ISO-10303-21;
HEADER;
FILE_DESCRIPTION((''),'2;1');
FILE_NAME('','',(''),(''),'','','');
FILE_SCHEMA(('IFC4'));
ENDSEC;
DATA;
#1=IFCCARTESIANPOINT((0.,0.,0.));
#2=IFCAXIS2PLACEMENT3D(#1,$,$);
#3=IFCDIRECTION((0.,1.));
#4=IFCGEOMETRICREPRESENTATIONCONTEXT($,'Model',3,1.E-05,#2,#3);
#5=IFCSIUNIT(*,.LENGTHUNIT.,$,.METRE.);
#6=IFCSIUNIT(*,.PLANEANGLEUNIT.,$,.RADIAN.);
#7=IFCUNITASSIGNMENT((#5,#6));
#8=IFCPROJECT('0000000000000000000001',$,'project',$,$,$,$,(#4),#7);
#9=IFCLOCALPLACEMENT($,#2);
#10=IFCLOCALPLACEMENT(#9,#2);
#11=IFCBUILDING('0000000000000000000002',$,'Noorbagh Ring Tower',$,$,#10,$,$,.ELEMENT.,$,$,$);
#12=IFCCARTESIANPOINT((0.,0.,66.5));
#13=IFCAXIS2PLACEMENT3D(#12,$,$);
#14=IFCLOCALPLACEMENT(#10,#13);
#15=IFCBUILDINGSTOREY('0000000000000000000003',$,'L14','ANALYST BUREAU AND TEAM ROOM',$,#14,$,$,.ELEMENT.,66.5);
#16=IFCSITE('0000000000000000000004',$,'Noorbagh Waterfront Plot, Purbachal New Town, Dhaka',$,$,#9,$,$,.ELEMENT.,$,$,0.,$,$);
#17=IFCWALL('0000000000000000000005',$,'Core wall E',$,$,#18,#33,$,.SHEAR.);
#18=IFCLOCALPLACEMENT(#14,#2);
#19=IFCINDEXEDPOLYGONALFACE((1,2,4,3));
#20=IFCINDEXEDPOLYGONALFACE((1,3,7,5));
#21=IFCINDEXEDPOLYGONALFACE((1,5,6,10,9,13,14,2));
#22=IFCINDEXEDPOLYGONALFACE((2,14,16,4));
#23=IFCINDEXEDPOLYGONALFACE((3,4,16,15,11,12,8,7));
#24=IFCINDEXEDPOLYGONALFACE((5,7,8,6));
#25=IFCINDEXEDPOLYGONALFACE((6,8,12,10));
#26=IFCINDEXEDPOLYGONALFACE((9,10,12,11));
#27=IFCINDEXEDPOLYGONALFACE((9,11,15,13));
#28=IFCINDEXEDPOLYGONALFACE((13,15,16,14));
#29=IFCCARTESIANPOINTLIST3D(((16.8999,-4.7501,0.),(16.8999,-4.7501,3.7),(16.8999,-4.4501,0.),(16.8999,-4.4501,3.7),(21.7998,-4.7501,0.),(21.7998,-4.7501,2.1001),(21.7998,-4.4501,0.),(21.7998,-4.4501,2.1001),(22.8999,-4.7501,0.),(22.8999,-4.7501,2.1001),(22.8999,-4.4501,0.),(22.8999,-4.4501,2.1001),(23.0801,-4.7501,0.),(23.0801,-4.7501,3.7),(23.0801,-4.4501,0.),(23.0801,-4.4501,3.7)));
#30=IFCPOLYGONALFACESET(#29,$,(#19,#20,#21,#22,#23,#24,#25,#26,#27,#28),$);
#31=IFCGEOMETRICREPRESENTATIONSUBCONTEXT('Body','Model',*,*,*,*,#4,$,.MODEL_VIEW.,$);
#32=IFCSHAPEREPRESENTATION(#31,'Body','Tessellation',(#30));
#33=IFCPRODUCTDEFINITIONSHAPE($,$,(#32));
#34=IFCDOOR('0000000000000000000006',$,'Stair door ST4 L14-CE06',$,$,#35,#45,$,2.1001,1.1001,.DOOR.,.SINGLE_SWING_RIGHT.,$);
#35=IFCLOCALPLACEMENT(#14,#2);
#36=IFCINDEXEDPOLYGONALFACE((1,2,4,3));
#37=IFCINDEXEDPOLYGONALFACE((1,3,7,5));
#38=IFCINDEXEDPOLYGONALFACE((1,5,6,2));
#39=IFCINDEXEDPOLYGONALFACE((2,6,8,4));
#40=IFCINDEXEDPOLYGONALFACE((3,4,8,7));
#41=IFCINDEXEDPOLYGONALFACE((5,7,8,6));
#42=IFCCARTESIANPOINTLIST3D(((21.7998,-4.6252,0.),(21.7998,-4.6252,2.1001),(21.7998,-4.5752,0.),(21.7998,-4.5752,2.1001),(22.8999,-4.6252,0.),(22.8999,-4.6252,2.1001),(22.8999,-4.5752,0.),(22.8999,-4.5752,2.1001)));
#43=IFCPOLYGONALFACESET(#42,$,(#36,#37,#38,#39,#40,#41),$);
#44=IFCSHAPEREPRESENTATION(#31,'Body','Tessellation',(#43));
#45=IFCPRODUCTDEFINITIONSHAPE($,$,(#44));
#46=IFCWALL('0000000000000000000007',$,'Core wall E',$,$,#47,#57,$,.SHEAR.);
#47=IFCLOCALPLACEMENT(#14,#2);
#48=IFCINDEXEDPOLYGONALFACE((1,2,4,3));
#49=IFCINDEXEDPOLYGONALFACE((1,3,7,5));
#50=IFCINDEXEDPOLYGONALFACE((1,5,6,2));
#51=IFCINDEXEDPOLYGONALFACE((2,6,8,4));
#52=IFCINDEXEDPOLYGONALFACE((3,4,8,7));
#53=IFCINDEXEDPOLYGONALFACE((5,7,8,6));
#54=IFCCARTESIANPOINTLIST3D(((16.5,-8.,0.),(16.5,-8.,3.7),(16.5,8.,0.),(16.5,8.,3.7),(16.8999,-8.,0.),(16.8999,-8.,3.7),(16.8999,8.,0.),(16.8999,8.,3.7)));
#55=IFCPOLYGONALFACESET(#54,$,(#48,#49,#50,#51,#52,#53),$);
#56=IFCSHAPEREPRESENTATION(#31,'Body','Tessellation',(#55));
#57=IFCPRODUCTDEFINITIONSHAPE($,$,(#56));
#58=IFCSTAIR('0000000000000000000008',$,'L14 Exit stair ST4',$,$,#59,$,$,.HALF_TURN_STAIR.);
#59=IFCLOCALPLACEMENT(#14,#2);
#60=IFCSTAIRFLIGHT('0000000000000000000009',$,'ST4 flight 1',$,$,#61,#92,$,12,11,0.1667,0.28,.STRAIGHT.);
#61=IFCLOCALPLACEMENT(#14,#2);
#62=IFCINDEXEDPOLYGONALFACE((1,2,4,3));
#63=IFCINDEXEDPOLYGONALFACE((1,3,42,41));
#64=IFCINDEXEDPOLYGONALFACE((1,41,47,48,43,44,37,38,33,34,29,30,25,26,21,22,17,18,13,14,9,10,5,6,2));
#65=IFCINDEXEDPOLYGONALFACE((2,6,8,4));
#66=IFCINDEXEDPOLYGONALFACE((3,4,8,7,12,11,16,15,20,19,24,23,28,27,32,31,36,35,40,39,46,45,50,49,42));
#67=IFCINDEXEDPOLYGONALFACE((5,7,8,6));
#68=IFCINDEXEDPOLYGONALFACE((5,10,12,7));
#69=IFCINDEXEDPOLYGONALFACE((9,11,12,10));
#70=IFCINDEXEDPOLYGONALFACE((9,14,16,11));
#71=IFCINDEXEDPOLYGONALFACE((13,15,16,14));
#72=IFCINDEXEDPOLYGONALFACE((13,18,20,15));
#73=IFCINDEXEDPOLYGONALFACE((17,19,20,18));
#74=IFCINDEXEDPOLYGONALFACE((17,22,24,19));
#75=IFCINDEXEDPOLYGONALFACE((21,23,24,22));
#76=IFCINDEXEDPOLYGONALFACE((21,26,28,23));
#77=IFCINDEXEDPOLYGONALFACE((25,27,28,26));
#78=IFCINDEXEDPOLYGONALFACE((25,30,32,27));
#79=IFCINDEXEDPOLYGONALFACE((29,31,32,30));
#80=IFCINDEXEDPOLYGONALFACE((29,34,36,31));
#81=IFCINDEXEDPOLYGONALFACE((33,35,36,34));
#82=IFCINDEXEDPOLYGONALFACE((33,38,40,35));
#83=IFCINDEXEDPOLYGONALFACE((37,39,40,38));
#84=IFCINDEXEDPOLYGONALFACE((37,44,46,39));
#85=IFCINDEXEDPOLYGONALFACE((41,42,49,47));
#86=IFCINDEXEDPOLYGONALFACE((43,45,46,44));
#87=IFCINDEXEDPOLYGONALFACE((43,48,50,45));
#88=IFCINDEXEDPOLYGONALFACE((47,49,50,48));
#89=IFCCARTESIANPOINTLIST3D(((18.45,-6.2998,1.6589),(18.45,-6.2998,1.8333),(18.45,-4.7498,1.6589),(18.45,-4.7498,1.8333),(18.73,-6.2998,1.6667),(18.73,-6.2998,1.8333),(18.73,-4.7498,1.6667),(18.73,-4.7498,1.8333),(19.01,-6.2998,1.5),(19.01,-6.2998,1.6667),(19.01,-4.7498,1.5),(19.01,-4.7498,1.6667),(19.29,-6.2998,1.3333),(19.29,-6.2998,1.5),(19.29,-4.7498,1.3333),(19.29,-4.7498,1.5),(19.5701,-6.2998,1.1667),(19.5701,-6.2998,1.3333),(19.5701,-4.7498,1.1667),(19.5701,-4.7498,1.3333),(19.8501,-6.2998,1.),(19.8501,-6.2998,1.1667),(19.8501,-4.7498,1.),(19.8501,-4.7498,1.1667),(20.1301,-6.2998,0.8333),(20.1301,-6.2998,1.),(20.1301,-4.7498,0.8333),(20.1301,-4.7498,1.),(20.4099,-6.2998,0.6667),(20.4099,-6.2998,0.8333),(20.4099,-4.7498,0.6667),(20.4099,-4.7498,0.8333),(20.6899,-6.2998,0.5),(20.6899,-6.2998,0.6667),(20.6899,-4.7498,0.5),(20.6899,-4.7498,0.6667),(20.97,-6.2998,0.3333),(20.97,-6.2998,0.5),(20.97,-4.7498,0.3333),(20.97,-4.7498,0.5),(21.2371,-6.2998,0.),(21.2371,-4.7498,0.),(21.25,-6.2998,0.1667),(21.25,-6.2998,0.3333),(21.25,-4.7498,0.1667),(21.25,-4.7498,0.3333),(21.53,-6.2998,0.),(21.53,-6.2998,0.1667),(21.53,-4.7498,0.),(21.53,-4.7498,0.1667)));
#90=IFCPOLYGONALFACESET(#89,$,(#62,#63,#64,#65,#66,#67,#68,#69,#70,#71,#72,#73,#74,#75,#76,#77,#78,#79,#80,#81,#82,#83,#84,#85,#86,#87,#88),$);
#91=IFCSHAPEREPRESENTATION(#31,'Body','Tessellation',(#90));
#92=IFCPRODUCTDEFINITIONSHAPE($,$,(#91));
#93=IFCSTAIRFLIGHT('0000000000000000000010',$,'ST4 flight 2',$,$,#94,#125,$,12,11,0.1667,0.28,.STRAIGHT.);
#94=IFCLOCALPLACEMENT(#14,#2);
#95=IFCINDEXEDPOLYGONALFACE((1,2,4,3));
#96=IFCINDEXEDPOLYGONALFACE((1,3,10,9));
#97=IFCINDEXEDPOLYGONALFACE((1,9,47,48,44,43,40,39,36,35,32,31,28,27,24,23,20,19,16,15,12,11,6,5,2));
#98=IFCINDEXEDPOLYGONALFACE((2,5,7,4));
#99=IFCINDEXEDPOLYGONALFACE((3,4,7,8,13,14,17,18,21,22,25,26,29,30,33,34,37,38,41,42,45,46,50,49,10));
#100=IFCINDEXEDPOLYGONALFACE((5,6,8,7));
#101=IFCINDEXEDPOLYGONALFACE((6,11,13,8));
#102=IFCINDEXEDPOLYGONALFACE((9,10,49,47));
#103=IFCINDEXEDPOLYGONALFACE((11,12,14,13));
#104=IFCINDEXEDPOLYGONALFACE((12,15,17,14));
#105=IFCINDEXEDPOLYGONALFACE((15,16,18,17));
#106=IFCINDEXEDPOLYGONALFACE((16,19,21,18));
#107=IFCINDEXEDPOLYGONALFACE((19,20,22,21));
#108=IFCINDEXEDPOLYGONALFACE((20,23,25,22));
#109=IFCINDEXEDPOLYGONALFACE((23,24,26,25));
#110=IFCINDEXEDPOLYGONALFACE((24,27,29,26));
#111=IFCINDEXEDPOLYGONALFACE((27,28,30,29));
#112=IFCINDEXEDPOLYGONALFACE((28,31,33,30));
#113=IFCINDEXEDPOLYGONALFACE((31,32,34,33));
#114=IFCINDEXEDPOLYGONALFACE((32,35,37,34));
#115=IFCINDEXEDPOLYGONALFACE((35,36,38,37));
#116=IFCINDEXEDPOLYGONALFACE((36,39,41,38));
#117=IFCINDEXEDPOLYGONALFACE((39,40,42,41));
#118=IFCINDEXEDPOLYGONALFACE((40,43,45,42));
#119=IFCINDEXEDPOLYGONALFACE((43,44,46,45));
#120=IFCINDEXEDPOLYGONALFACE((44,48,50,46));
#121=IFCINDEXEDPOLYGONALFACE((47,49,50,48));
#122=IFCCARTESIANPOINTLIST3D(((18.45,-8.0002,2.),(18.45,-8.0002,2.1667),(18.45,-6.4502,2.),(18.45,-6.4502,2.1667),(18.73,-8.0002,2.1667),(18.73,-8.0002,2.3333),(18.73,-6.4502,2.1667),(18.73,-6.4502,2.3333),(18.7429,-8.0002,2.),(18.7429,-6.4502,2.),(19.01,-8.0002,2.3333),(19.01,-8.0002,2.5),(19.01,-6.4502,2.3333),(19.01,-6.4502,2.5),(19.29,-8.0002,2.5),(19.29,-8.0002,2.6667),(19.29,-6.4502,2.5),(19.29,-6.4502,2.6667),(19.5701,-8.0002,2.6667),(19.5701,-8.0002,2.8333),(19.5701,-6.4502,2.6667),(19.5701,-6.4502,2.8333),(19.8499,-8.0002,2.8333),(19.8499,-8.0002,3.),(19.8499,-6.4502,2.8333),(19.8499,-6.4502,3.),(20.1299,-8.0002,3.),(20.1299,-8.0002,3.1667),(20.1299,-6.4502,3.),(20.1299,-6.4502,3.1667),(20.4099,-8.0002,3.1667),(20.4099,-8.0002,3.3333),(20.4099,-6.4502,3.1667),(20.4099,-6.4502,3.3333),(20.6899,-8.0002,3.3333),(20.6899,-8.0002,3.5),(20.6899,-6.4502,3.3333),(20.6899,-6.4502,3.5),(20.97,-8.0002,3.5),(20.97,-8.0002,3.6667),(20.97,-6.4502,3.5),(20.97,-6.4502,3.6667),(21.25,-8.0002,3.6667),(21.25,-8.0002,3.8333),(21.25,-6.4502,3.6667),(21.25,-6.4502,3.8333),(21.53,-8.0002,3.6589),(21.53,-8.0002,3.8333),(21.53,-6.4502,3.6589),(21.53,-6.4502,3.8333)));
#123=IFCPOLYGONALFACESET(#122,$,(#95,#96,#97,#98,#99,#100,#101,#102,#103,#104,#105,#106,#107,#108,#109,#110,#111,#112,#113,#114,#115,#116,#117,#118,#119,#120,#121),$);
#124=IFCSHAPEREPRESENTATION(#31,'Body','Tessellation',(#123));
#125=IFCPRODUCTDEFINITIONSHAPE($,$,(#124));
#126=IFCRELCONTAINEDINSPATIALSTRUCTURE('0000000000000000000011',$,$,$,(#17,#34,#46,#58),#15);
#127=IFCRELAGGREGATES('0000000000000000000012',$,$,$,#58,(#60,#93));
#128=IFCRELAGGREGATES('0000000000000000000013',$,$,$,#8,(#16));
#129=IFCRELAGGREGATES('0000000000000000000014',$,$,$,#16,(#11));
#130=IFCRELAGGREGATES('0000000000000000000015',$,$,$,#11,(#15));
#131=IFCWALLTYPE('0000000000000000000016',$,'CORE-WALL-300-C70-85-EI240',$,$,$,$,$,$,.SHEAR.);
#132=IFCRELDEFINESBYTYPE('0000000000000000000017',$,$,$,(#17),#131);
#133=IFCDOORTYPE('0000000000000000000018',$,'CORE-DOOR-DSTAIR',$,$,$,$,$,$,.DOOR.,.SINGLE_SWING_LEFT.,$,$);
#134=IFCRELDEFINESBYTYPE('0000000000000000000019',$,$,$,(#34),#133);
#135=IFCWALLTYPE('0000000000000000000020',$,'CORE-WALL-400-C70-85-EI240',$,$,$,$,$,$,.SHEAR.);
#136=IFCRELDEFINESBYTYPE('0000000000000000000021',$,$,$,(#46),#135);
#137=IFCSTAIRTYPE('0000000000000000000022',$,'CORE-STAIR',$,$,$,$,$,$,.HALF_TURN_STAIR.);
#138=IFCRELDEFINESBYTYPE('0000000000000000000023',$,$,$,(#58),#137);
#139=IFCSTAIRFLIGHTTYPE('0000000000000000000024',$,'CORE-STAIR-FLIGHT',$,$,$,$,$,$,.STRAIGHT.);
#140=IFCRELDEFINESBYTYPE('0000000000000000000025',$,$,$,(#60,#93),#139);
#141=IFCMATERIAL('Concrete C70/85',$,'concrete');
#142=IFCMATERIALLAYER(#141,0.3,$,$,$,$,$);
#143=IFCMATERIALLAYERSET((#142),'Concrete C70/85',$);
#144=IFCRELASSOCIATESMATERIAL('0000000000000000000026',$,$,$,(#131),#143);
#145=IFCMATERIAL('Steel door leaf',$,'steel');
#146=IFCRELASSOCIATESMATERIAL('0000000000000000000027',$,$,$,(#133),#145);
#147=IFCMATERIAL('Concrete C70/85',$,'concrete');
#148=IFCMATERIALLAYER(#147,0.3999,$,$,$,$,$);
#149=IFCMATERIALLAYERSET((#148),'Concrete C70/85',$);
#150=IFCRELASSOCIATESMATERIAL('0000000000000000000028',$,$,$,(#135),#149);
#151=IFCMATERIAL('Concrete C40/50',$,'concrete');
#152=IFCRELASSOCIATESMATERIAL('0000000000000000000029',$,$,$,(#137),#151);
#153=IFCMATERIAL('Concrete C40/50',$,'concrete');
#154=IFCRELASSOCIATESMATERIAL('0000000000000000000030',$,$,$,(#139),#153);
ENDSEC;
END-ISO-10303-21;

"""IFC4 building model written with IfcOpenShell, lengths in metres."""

from ifc_helpers import new_model, si_unit, direction, frame, frame_2d, origin, place, context, subcontext, project, spatial, polyline, rectangle, outline, extrude, material, layer, layer_set, type_object, element, fill, aggregate, save


model = new_model("IFC4")

# Units and contexts
model_context = context("Model", 3, precision=1e-05, world=origin(), true_north=direction((0.0, 1.0)))
body_context = subcontext(model_context, "Body", "Model", "MODEL_VIEW")
ifc_project = project(units=[si_unit("LENGTHUNIT", "METRE"), si_unit("PLANEANGLEUNIT", "RADIAN")], contexts=[model_context])

# Site, building, storey
site_placement = place(None, origin())
site = spatial("IfcSite", under=ifc_project, at=site_placement, Name="Noorbagh Waterfront Plot, Purbachal New Town, Dhaka", CompositionType="ELEMENT", RefElevation=0.0)
building_placement = place(site_placement, origin())
building = spatial("IfcBuilding", under=site, at=building_placement, Name="Noorbagh Ring Tower", CompositionType="ELEMENT")
storey_placement = place(building_placement, frame((0.0, 0.0, 66.5)))
storey = spatial("IfcBuildingStorey", under=building, at=storey_placement, Name="L14", Description="ANALYST BUREAU AND TEAM ROOM", CompositionType="ELEMENT", Elevation=66.5)

# Wall, opening, door
ifc_material_1 = material(Name="Concrete C70/85", Category="concrete")
ifc_layer_1 = layer(ifc_material_1, 0.3)
ifc_layer_set_1 = layer_set([ifc_layer_1], Name="Concrete C70/85")
wall_type_1 = type_object("IfcWallType", Name="CORE-WALL-300-C70-85-EI240", PredefinedType="SHEAR", material=ifc_layer_set_1)
wall_1_placement = place(storey_placement, frame((16.8999, -4.6001, 0.0), z_axis=(0.0, 0.0, 1.0), x_axis=(1.0, 0.0, 0.0)))
wall_1 = element("IfcWall", 1, at=wall_1_placement, inside=storey, type_object=wall_type_1, Name="Core wall E", PredefinedType="SHEAR", context=body_context, shape_type="SweptSolid", body=[
    extrude(rectangle(XDim=6.1802, YDim=0.3, at=frame_2d((3.0901, 0.0))), origin(), (0.0, 0.0, 1.0), 3.7),
])
opening_1_placement = place(wall_1_placement, frame((4.8999, 0.0, 0.0)))
opening_1 = element("IfcOpeningElement", 2, at=opening_1_placement, cuts=wall_1, PredefinedType="OPENING", context=body_context, shape_type="SweptSolid", body=[
    extrude(rectangle(XDim=1.1001, YDim=2.1001, at=frame_2d((0.55, 1.05))), frame((0.0, 0.1602, 0.0), z_axis=(0.0, -1.0, 0.0), x_axis=(1.0, 0.0, 0.0)), (0.0, 0.0, 1.0), 0.3201),
])
ifc_material_2 = material(Name="Steel door leaf", Category="steel")
door_type_1 = type_object("IfcDoorType", Name="CORE-DOOR-DSTAIR", OperationType="SINGLE_SWING_LEFT", PredefinedType="DOOR", material=ifc_material_2)
door_1_placement = place(opening_1_placement, origin())
door_1 = element("IfcDoor", 3, at=door_1_placement, inside=storey, type_object=door_type_1, Name="Stair door ST4 L14-CE06", OperationType="SINGLE_SWING_RIGHT", OverallHeight=2.1001, OverallWidth=1.1001, PredefinedType="DOOR", context=body_context, shape_type="SweptSolid", body=[
    extrude(rectangle(XDim=1.1001, YDim=2.1001, at=frame_2d((0.55, 1.05))), frame((0.0, 0.0249, 0.0), z_axis=(0.0, -1.0, 0.0), x_axis=(1.0, 0.0, 0.0)), (0.0, 0.0, 1.0), 0.05),
])
fill(opening_1, door_1)

# Wall
ifc_material_3 = material(Name="Concrete C70/85", Category="concrete")
ifc_layer_2 = layer(ifc_material_3, 0.3999)
ifc_layer_set_2 = layer_set([ifc_layer_2], Name="Concrete C70/85")
wall_type_2 = type_object("IfcWallType", Name="CORE-WALL-400-C70-85-EI240", PredefinedType="SHEAR", material=ifc_layer_set_2)
wall_2_placement = place(storey_placement, frame((16.7, -8.0, 0.0), z_axis=(0.0, 0.0, 1.0), x_axis=(0.0, 1.0, 0.0)))
element("IfcWall", 4, at=wall_2_placement, inside=storey, type_object=wall_type_2, Name="Core wall E", PredefinedType="SHEAR", context=body_context, shape_type="SweptSolid", body=[
    extrude(rectangle(XDim=16.0, YDim=0.3999, at=frame_2d((8.0, 0.0))), origin(), (0.0, 0.0, 1.0), 3.7),
])

# Stair, stair flights
ifc_material_4 = material(Name="Concrete C40/50", Category="concrete")
stair_type = type_object("IfcStairType", Name="CORE-STAIR", PredefinedType="HALF_TURN_STAIR", material=ifc_material_4)
stair_placement = place(storey_placement, origin())
stair = element("IfcStair", 5, at=stair_placement, inside=storey, type_object=stair_type, Name="L14 Exit stair ST4", PredefinedType="HALF_TURN_STAIR")
ifc_material_5 = material(Name="Concrete C40/50", Category="concrete")
stair_flight_type = type_object("IfcStairFlightType", Name="CORE-STAIR-FLIGHT", PredefinedType="STRAIGHT", material=ifc_material_5)
stair_flight_1_placement = place(storey_placement, frame((21.53, -5.5249, 0.0), z_axis=(0.0, 0.0, 1.0), x_axis=(-1.0, 0.0, 0.0)))
stair_flight_1 = element("IfcStairFlight", 6, at=stair_flight_1_placement, type_object=stair_flight_type, Name="ST4 flight 1", NumberOfRisers=12, NumberOfTreads=11, PredefinedType="STRAIGHT", RiserHeight=0.1667, TreadLength=0.28, context=body_context, shape_type="SweptSolid", body=[
    extrude(outline(polyline([(0.0, 0.0), (0.0, 0.1667), (0.28, 0.1667), (0.28, 0.3333), (0.5601, 0.3333), (0.5601, 0.5), (0.8401, 0.5), (0.8401, 0.6667), (1.1201, 0.6667), (1.1201, 0.8333), (1.3999, 0.8333), (1.3999, 1.0), (1.6799, 1.0), (1.6799, 1.1667), (1.96, 1.1667), (1.96, 1.3333), (2.24, 1.3333), (2.24, 1.5), (2.52, 1.5), (2.52, 1.6667), (2.8, 1.6667), (2.8, 1.8333), (3.0801, 1.8333), (3.0801, 2.0), (3.0801, 1.6589), (0.293, 0.0), (0.0, 0.0)])), frame((0.0, 0.7749, 0.0), z_axis=(0.0, -1.0, 0.0), x_axis=(1.0, 0.0, 0.0)), (0.0, 0.0, 1.0), 1.55),
])
stair_flight_2_placement = place(storey_placement, frame((18.45, -7.2251, 2.0), z_axis=(0.0, 0.0, 1.0), x_axis=(1.0, 0.0, 0.0)))
stair_flight_2 = element("IfcStairFlight", 7, at=stair_flight_2_placement, type_object=stair_flight_type, Name="ST4 flight 2", NumberOfRisers=12, NumberOfTreads=11, PredefinedType="STRAIGHT", RiserHeight=0.1667, TreadLength=0.28, context=body_context, shape_type="SweptSolid", body=[
    extrude(outline(polyline([(0.0, 0.0), (0.0, 0.1667), (0.28, 0.1667), (0.28, 0.3333), (0.5601, 0.3333), (0.5601, 0.5), (0.8401, 0.5), (0.8401, 0.6667), (1.1201, 0.6667), (1.1201, 0.8333), (1.3999, 0.8333), (1.3999, 1.0), (1.6799, 1.0), (1.6799, 1.1667), (1.96, 1.1667), (1.96, 1.3333), (2.24, 1.3333), (2.24, 1.5), (2.52, 1.5), (2.52, 1.6667), (2.8, 1.6667), (2.8, 1.8333), (3.0801, 1.8333), (3.0801, 2.0), (3.0801, 1.6589), (0.293, 0.0), (0.0, 0.0)])), frame((0.0, 0.7749, 0.0), z_axis=(0.0, -1.0, 0.0), x_axis=(1.0, 0.0, 0.0)), (0.0, 0.0, 1.0), 1.55),
])
aggregate(stair, [stair_flight_1, stair_flight_2])

save(model, "model.ifc")
